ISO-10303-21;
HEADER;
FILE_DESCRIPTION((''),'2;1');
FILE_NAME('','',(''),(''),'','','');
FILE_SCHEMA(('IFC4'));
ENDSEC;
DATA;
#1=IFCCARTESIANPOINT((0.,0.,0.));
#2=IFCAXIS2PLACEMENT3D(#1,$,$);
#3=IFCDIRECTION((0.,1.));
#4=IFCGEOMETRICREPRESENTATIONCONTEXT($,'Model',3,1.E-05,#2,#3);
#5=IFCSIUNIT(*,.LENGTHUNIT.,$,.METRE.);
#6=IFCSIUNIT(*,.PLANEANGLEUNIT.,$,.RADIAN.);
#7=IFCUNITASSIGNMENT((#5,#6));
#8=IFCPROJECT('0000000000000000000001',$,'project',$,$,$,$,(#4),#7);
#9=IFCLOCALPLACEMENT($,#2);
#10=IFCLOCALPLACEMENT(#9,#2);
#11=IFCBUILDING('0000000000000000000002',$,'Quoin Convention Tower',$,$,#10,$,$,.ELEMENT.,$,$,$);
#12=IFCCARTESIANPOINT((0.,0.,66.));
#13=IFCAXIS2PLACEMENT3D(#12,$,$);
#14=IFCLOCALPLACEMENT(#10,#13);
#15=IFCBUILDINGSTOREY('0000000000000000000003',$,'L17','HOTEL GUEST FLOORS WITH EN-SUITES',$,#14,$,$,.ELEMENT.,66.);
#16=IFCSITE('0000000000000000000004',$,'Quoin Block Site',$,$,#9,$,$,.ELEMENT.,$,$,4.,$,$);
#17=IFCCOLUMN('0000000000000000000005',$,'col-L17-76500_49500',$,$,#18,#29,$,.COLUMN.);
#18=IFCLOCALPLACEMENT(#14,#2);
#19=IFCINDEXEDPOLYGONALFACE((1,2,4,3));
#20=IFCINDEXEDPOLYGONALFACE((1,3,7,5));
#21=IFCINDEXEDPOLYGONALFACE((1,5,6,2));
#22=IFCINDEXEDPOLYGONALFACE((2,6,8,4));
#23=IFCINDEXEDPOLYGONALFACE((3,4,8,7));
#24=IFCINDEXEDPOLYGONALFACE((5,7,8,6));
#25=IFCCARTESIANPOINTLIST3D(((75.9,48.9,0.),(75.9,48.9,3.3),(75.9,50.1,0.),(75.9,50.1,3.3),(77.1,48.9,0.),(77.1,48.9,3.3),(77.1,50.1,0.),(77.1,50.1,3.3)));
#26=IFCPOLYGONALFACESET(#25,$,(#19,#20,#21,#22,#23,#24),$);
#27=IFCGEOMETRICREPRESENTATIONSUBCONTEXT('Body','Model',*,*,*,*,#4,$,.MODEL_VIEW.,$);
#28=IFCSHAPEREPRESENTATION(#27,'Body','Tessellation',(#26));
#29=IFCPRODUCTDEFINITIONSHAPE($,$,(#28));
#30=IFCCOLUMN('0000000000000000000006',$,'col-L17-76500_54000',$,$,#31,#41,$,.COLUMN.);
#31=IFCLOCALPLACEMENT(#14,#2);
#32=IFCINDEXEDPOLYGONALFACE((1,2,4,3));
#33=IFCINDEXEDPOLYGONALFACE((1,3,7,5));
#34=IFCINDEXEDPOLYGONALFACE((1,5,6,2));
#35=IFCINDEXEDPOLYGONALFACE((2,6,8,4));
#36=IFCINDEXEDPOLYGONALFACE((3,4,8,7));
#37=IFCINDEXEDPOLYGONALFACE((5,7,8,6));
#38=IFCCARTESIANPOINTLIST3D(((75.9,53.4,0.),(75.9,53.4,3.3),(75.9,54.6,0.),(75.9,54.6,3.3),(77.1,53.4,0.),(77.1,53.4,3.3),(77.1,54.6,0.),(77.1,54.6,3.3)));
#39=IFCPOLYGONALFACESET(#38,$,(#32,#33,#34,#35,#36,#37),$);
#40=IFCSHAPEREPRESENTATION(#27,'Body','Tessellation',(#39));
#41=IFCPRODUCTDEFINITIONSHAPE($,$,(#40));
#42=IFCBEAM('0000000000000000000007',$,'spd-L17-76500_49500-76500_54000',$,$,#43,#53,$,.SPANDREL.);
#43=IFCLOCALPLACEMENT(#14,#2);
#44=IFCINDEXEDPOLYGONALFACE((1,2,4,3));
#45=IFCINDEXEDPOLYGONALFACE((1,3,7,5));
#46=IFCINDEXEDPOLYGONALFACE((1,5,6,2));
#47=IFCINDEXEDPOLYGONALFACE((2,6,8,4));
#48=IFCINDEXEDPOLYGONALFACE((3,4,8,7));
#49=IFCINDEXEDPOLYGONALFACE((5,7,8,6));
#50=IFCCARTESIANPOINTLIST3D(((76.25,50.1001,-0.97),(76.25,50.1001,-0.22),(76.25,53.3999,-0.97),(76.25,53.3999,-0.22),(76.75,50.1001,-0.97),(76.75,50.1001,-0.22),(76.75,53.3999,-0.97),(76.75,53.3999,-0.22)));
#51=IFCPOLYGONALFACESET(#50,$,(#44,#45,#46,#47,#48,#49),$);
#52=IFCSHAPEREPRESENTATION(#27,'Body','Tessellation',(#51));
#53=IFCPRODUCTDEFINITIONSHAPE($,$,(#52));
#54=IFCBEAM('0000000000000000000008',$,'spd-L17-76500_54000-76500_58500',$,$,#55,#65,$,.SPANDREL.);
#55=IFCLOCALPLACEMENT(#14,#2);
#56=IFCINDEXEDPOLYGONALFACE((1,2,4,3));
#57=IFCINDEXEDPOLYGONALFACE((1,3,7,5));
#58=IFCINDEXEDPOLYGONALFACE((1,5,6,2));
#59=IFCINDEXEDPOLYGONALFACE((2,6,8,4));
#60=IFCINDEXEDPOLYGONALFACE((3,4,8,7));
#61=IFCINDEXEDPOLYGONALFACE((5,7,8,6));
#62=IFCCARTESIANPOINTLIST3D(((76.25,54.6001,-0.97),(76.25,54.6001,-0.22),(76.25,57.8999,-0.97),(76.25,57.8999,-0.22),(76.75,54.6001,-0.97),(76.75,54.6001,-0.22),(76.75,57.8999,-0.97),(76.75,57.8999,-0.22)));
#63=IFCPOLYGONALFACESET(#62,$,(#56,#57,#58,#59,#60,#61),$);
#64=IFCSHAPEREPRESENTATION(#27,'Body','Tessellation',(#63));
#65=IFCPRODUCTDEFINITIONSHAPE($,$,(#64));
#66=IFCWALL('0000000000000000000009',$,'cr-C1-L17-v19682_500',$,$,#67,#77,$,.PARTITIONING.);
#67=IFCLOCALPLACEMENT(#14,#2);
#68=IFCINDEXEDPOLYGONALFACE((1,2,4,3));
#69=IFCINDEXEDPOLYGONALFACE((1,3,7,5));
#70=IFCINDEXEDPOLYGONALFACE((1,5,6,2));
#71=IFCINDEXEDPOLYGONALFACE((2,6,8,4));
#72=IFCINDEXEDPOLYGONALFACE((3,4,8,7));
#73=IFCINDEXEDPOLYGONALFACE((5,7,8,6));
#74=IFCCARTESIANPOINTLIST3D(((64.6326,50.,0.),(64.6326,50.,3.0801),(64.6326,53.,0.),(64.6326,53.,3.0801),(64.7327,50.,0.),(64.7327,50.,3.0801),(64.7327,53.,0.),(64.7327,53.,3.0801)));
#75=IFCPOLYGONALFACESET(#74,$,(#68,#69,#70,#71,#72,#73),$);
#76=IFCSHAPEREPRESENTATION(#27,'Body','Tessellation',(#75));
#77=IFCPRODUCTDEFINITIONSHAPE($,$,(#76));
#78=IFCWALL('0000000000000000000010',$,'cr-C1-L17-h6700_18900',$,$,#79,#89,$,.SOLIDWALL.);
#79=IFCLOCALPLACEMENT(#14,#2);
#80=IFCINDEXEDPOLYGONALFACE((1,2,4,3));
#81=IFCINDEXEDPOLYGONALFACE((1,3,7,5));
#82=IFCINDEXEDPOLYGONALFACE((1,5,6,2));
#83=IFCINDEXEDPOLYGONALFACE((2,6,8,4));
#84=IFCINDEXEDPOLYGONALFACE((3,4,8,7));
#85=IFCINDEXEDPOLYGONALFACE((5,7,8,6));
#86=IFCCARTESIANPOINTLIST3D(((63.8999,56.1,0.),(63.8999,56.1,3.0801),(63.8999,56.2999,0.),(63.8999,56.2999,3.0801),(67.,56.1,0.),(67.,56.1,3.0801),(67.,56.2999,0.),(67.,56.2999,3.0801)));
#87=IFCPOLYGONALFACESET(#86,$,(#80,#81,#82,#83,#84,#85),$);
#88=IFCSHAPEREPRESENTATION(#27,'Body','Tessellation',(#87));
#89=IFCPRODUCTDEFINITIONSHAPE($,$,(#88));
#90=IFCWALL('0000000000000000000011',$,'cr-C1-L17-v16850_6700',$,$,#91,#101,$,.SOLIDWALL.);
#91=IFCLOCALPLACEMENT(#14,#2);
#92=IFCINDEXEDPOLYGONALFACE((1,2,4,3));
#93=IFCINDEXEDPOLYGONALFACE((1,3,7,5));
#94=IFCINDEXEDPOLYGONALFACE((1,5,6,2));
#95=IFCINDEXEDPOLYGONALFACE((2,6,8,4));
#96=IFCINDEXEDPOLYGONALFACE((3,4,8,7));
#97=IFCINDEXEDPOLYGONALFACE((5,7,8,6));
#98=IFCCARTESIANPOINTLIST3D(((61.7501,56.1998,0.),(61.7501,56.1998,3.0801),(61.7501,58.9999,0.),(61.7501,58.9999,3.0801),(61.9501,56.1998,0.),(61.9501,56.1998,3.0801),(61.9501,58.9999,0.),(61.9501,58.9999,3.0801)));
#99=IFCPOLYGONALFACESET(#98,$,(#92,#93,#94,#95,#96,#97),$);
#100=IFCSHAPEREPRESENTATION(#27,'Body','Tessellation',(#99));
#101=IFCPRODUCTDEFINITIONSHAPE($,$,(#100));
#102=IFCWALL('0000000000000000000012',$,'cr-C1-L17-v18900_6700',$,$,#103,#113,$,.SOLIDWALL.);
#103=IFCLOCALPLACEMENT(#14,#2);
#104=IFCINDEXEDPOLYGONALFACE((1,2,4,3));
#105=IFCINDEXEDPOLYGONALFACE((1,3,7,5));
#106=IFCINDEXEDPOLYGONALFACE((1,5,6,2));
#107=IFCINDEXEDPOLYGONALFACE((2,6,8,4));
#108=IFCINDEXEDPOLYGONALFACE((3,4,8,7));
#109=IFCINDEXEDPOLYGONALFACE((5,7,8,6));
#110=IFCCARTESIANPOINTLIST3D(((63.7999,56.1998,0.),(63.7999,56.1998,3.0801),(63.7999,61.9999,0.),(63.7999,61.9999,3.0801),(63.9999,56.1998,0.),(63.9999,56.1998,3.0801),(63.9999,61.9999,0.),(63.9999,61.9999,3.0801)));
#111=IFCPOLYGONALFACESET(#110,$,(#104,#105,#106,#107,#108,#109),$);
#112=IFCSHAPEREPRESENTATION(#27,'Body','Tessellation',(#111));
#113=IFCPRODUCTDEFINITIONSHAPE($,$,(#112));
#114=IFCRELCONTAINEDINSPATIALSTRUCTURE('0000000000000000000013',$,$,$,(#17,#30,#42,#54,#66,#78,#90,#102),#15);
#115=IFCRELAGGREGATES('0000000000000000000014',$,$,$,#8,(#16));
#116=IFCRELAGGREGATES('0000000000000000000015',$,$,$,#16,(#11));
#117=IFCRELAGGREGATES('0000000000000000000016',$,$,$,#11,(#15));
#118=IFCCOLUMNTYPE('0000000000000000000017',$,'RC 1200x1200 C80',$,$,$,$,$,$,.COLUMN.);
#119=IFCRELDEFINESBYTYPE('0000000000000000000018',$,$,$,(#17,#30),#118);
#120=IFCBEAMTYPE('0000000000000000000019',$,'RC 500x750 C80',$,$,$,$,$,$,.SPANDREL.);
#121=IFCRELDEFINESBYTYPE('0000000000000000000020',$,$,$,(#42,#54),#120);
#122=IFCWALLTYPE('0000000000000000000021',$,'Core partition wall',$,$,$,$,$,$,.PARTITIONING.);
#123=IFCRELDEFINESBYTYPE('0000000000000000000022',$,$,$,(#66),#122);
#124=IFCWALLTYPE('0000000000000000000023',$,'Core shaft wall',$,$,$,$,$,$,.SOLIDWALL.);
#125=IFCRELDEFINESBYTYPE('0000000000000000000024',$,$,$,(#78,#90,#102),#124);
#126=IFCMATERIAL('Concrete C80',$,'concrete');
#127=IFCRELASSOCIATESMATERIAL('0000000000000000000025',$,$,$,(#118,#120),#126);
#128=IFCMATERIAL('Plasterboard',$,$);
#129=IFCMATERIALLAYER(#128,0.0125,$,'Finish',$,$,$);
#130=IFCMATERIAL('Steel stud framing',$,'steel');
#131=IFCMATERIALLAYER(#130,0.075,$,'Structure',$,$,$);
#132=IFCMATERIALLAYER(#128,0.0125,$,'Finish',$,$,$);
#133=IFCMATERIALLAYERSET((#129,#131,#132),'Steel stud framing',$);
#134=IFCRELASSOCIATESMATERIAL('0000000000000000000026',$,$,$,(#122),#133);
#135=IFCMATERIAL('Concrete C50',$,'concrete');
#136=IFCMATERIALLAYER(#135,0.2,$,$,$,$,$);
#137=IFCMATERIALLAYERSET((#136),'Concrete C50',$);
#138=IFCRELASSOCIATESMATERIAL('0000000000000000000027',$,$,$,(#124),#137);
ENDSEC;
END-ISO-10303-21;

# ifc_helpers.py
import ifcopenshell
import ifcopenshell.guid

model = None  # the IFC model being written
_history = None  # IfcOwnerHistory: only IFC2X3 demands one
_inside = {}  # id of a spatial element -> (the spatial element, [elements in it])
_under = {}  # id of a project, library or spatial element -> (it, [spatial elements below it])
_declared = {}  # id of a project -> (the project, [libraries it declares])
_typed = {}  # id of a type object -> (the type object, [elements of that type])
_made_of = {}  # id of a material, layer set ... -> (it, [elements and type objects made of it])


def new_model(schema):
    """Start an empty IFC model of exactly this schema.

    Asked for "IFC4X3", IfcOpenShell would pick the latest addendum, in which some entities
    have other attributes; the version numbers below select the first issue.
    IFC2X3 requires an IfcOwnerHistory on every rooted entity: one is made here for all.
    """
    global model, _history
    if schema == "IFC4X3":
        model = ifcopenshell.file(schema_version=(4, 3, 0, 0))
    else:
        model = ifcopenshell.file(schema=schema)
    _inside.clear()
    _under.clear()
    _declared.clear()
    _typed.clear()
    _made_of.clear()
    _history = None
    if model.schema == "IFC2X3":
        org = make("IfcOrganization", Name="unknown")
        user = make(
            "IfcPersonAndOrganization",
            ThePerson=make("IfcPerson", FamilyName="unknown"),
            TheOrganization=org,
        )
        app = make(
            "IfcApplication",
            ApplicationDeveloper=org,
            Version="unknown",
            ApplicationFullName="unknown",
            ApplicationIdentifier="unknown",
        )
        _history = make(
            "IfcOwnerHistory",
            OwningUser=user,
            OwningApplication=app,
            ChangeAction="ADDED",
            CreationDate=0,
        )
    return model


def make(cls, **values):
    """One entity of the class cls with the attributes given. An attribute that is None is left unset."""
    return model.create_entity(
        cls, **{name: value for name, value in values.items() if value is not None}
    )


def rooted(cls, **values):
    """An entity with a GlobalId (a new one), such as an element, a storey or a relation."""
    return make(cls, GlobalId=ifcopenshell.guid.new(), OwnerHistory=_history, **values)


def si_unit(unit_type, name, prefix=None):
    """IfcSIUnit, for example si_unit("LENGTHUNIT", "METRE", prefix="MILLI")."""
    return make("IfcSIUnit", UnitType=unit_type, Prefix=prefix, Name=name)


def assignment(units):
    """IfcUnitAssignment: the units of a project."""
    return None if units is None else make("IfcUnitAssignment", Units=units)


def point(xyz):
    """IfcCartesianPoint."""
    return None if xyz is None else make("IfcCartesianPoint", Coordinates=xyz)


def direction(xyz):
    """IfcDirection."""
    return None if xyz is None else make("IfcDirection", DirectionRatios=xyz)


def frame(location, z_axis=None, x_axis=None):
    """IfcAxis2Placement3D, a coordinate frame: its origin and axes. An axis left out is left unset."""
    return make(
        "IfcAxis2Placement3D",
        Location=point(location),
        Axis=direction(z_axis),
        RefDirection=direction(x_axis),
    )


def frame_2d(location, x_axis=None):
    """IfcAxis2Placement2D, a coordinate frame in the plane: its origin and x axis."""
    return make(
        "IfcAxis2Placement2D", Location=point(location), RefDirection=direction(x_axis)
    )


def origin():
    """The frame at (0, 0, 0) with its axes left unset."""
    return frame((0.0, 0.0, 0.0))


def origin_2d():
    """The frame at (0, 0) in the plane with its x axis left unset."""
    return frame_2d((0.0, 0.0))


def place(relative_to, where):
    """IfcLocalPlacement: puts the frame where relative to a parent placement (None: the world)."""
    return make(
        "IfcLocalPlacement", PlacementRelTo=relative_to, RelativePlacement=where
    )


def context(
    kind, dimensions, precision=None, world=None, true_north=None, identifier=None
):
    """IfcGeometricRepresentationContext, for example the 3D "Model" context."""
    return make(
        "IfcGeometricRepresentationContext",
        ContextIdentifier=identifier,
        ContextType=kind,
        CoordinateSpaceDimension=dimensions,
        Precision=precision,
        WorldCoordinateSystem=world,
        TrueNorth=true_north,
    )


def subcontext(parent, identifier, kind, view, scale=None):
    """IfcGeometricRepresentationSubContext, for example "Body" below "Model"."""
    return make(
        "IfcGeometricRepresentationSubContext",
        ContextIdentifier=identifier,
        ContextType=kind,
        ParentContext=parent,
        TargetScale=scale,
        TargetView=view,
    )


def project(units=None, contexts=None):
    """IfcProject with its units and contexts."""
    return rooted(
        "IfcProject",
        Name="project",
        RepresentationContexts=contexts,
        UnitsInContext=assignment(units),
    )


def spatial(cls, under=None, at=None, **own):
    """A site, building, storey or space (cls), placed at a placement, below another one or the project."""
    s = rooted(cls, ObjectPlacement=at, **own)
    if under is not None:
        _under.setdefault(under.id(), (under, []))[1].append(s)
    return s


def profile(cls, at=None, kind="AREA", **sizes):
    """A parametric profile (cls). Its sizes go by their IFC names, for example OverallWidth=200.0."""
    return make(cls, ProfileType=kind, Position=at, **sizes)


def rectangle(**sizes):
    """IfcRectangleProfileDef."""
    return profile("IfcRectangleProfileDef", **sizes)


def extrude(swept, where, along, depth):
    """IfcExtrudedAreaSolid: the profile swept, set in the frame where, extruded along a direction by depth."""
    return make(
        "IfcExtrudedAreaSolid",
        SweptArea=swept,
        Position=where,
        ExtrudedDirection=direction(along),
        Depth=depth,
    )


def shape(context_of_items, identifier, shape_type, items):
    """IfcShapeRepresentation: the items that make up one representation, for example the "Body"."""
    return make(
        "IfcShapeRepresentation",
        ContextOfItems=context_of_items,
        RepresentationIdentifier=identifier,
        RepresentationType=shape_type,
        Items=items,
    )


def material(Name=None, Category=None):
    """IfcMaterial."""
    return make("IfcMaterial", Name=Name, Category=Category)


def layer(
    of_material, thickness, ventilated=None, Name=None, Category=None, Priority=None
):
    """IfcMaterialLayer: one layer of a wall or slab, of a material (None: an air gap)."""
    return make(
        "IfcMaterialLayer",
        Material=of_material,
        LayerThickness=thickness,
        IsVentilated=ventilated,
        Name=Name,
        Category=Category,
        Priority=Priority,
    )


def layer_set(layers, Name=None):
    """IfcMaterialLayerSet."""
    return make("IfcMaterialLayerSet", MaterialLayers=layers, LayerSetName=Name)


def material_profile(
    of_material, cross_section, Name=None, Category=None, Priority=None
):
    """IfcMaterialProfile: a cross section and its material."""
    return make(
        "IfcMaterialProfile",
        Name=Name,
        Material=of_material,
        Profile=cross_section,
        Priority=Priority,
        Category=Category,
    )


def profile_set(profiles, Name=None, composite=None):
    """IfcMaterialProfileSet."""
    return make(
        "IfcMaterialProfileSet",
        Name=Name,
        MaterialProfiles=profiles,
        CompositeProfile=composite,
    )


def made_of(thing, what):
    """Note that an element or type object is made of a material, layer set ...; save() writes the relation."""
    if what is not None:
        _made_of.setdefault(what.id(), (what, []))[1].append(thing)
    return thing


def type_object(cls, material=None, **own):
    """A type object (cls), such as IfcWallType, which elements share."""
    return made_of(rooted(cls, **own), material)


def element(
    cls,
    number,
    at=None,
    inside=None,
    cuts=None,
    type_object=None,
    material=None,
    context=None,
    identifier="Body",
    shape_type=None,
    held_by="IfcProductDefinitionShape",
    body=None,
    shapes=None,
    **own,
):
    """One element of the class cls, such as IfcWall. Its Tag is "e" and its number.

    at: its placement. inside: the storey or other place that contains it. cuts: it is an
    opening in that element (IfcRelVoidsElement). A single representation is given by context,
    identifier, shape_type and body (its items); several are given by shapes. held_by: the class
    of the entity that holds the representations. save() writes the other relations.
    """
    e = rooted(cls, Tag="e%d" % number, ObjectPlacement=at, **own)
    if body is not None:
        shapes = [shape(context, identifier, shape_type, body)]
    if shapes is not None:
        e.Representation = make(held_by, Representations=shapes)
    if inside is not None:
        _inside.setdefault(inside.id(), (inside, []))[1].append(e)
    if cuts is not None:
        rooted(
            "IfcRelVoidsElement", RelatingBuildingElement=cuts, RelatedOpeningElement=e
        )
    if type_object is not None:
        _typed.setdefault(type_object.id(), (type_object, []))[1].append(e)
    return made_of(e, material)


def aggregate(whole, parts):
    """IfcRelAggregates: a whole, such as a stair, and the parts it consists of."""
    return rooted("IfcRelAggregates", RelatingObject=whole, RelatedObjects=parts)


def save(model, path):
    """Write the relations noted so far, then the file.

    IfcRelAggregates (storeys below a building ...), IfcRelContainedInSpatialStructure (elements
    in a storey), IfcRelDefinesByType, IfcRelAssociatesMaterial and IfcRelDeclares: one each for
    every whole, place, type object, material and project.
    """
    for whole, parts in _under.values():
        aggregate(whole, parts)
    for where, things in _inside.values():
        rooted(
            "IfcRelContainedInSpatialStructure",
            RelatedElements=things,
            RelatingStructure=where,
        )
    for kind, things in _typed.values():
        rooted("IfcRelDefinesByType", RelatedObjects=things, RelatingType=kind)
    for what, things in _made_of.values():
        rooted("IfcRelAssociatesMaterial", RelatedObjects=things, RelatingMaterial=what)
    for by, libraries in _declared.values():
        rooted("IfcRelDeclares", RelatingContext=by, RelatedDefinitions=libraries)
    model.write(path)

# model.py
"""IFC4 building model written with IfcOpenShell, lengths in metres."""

from ifc_helpers import new_model, si_unit, direction, frame, frame_2d, origin, origin_2d, place, context, subcontext, project, spatial, rectangle, extrude, material, layer, layer_set, material_profile, profile_set, type_object, element, save


model = new_model("IFC4")

# Units and contexts
model_context = context("Model", 3, precision=1e-05, world=origin(), true_north=direction((0.0, 1.0)))
body_context = subcontext(model_context, "Body", "Model", "MODEL_VIEW")
ifc_project = project(units=[si_unit("LENGTHUNIT", "METRE"), si_unit("PLANEANGLEUNIT", "RADIAN")], contexts=[model_context])

# Site, building, storey
site_placement = place(None, origin())
site = spatial("IfcSite", under=ifc_project, at=site_placement, Name="Quoin Block Site", CompositionType="ELEMENT", RefElevation=4.0)
building_placement = place(site_placement, origin())
building = spatial("IfcBuilding", under=site, at=building_placement, Name="Quoin Convention Tower", CompositionType="ELEMENT")
storey_placement = place(building_placement, frame((0.0, 0.0, 66.0)))
storey = spatial("IfcBuildingStorey", under=building, at=storey_placement, Name="L17", Description="HOTEL GUEST FLOORS WITH EN-SUITES", CompositionType="ELEMENT", Elevation=66.0)

# Columns
ifc_material_1 = material(Name="Concrete C80", Category="concrete")
ifc_material_profile_1 = material_profile(ifc_material_1, rectangle(XDim=1.2, YDim=1.2, at=origin_2d()), Name="RC 1200x1200")
ifc_profile_set_1 = profile_set([ifc_material_profile_1], Name="Concrete C80")
column_type = type_object("IfcColumnType", Name="RC 1200x1200 C80", PredefinedType="COLUMN", material=ifc_profile_set_1)
for number, where, z_axis, x_axis, name in (
    (1, (76.5, 49.5, 0.0), (0.0, 0.0, 1.0), (1.0, 0.0, 0.0), "col-L17-76500_49500"),
    (2, (76.5, 54.0, 0.0), (0.0, 0.0, 1.0), (1.0, 0.0, 0.0), "col-L17-76500_54000"),
):
    element("IfcColumn", number, at=place(storey_placement, frame(where, z_axis=z_axis, x_axis=x_axis)), inside=storey, type_object=column_type, Name=name, PredefinedType="COLUMN", context=body_context, shape_type="SweptSolid", body=[
        extrude(rectangle(XDim=1.2, YDim=1.2, at=origin_2d()), origin(), (0.0, 0.0, 1.0), 3.3),
    ])

# Beams
ifc_material_profile_2 = material_profile(ifc_material_1, rectangle(XDim=0.5, YDim=0.75, at=origin_2d()), Name="RC 500x750")
ifc_profile_set_2 = profile_set([ifc_material_profile_2], Name="Concrete C80")
beam_type = type_object("IfcBeamType", Name="RC 500x750 C80", PredefinedType="SPANDREL", material=ifc_profile_set_2)
for number, where, z_axis, x_axis, name in (
    (3, (76.5, 50.1001, -0.595), (0.0, 1.0, 0.0), (-1.0, 0.0, 0.0), "spd-L17-76500_49500-76500_54000"),
    (4, (76.5, 54.6001, -0.595), (0.0, 1.0, 0.0), (-1.0, 0.0, 0.0), "spd-L17-76500_54000-76500_58500"),
):
    element("IfcBeam", number, at=place(storey_placement, frame(where, z_axis=z_axis, x_axis=x_axis)), inside=storey, type_object=beam_type, Name=name, PredefinedType="SPANDREL", context=body_context, shape_type="SweptSolid", body=[
        extrude(rectangle(XDim=0.5, YDim=0.75, at=origin_2d()), origin(), (0.0, 0.0, 1.0), 3.2998),
    ])

# Walls
ifc_material_2 = material(Name="Plasterboard")
ifc_layer_1 = layer(ifc_material_2, 0.0125, Name="Finish")
ifc_material_3 = material(Name="Steel stud framing", Category="steel")
ifc_layer_2 = layer(ifc_material_3, 0.075, Name="Structure")
ifc_layer_3 = layer(ifc_material_2, 0.0125, Name="Finish")
ifc_layer_set_1 = layer_set([ifc_layer_1, ifc_layer_2, ifc_layer_3], Name="Steel stud framing")
wall_type_1 = type_object("IfcWallType", Name="Core partition wall", PredefinedType="PARTITIONING", material=ifc_layer_set_1)
wall_1_placement = place(storey_placement, frame((64.6826, 50.0, 0.0), z_axis=(0.0, 0.0, 1.0), x_axis=(0.0, 1.0, 0.0)))
element("IfcWall", 5, at=wall_1_placement, inside=storey, type_object=wall_type_1, Name="cr-C1-L17-v19682_500", PredefinedType="PARTITIONING", context=body_context, shape_type="SweptSolid", body=[
    extrude(rectangle(XDim=3.0, YDim=0.1001, at=frame_2d((1.5, 0.0))), origin(), (0.0, 0.0, 1.0), 3.0801),
])
ifc_material_4 = material(Name="Concrete C50", Category="concrete")
ifc_layer_4 = layer(ifc_material_4, 0.2)
ifc_layer_set_2 = layer_set([ifc_layer_4], Name="Concrete C50")
wall_type_2 = type_object("IfcWallType", Name="Core shaft wall", PredefinedType="SOLIDWALL", material=ifc_layer_set_2)
wall_2_placement = place(storey_placement, frame((63.8999, 56.2, 0.0), z_axis=(0.0, 0.0, 1.0), x_axis=(1.0, 0.0, 0.0)))
element("IfcWall", 6, at=wall_2_placement, inside=storey, type_object=wall_type_2, Name="cr-C1-L17-h6700_18900", PredefinedType="SOLIDWALL", context=body_context, shape_type="SweptSolid", body=[
    extrude(rectangle(XDim=3.1001, YDim=0.2, at=frame_2d((1.55, 0.0))), origin(), (0.0, 0.0, 1.0), 3.0801),
])
wall_3_placement = place(storey_placement, frame((61.8501, 56.2, 0.0), z_axis=(0.0, 0.0, 1.0), x_axis=(0.0, 1.0, 0.0)))
element("IfcWall", 7, at=wall_3_placement, inside=storey, type_object=wall_type_2, Name="cr-C1-L17-v16850_6700", PredefinedType="SOLIDWALL", context=body_context, shape_type="SweptSolid", body=[
    extrude(rectangle(XDim=2.8, YDim=0.2, at=frame_2d((1.3999, 0.0))), origin(), (0.0, 0.0, 1.0), 3.0801),
])
wall_4_placement = place(storey_placement, frame((63.8999, 56.2, 0.0), z_axis=(0.0, 0.0, 1.0), x_axis=(0.0, 1.0, 0.0)))
element("IfcWall", 8, at=wall_4_placement, inside=storey, type_object=wall_type_2, Name="cr-C1-L17-v18900_6700", PredefinedType="SOLIDWALL", context=body_context, shape_type="SweptSolid", body=[
    extrude(rectangle(XDim=5.8, YDim=0.2, at=frame_2d((2.8999, 0.0))), origin(), (0.0, 0.0, 1.0), 3.0801),
])

save(model, "model.ifc")
